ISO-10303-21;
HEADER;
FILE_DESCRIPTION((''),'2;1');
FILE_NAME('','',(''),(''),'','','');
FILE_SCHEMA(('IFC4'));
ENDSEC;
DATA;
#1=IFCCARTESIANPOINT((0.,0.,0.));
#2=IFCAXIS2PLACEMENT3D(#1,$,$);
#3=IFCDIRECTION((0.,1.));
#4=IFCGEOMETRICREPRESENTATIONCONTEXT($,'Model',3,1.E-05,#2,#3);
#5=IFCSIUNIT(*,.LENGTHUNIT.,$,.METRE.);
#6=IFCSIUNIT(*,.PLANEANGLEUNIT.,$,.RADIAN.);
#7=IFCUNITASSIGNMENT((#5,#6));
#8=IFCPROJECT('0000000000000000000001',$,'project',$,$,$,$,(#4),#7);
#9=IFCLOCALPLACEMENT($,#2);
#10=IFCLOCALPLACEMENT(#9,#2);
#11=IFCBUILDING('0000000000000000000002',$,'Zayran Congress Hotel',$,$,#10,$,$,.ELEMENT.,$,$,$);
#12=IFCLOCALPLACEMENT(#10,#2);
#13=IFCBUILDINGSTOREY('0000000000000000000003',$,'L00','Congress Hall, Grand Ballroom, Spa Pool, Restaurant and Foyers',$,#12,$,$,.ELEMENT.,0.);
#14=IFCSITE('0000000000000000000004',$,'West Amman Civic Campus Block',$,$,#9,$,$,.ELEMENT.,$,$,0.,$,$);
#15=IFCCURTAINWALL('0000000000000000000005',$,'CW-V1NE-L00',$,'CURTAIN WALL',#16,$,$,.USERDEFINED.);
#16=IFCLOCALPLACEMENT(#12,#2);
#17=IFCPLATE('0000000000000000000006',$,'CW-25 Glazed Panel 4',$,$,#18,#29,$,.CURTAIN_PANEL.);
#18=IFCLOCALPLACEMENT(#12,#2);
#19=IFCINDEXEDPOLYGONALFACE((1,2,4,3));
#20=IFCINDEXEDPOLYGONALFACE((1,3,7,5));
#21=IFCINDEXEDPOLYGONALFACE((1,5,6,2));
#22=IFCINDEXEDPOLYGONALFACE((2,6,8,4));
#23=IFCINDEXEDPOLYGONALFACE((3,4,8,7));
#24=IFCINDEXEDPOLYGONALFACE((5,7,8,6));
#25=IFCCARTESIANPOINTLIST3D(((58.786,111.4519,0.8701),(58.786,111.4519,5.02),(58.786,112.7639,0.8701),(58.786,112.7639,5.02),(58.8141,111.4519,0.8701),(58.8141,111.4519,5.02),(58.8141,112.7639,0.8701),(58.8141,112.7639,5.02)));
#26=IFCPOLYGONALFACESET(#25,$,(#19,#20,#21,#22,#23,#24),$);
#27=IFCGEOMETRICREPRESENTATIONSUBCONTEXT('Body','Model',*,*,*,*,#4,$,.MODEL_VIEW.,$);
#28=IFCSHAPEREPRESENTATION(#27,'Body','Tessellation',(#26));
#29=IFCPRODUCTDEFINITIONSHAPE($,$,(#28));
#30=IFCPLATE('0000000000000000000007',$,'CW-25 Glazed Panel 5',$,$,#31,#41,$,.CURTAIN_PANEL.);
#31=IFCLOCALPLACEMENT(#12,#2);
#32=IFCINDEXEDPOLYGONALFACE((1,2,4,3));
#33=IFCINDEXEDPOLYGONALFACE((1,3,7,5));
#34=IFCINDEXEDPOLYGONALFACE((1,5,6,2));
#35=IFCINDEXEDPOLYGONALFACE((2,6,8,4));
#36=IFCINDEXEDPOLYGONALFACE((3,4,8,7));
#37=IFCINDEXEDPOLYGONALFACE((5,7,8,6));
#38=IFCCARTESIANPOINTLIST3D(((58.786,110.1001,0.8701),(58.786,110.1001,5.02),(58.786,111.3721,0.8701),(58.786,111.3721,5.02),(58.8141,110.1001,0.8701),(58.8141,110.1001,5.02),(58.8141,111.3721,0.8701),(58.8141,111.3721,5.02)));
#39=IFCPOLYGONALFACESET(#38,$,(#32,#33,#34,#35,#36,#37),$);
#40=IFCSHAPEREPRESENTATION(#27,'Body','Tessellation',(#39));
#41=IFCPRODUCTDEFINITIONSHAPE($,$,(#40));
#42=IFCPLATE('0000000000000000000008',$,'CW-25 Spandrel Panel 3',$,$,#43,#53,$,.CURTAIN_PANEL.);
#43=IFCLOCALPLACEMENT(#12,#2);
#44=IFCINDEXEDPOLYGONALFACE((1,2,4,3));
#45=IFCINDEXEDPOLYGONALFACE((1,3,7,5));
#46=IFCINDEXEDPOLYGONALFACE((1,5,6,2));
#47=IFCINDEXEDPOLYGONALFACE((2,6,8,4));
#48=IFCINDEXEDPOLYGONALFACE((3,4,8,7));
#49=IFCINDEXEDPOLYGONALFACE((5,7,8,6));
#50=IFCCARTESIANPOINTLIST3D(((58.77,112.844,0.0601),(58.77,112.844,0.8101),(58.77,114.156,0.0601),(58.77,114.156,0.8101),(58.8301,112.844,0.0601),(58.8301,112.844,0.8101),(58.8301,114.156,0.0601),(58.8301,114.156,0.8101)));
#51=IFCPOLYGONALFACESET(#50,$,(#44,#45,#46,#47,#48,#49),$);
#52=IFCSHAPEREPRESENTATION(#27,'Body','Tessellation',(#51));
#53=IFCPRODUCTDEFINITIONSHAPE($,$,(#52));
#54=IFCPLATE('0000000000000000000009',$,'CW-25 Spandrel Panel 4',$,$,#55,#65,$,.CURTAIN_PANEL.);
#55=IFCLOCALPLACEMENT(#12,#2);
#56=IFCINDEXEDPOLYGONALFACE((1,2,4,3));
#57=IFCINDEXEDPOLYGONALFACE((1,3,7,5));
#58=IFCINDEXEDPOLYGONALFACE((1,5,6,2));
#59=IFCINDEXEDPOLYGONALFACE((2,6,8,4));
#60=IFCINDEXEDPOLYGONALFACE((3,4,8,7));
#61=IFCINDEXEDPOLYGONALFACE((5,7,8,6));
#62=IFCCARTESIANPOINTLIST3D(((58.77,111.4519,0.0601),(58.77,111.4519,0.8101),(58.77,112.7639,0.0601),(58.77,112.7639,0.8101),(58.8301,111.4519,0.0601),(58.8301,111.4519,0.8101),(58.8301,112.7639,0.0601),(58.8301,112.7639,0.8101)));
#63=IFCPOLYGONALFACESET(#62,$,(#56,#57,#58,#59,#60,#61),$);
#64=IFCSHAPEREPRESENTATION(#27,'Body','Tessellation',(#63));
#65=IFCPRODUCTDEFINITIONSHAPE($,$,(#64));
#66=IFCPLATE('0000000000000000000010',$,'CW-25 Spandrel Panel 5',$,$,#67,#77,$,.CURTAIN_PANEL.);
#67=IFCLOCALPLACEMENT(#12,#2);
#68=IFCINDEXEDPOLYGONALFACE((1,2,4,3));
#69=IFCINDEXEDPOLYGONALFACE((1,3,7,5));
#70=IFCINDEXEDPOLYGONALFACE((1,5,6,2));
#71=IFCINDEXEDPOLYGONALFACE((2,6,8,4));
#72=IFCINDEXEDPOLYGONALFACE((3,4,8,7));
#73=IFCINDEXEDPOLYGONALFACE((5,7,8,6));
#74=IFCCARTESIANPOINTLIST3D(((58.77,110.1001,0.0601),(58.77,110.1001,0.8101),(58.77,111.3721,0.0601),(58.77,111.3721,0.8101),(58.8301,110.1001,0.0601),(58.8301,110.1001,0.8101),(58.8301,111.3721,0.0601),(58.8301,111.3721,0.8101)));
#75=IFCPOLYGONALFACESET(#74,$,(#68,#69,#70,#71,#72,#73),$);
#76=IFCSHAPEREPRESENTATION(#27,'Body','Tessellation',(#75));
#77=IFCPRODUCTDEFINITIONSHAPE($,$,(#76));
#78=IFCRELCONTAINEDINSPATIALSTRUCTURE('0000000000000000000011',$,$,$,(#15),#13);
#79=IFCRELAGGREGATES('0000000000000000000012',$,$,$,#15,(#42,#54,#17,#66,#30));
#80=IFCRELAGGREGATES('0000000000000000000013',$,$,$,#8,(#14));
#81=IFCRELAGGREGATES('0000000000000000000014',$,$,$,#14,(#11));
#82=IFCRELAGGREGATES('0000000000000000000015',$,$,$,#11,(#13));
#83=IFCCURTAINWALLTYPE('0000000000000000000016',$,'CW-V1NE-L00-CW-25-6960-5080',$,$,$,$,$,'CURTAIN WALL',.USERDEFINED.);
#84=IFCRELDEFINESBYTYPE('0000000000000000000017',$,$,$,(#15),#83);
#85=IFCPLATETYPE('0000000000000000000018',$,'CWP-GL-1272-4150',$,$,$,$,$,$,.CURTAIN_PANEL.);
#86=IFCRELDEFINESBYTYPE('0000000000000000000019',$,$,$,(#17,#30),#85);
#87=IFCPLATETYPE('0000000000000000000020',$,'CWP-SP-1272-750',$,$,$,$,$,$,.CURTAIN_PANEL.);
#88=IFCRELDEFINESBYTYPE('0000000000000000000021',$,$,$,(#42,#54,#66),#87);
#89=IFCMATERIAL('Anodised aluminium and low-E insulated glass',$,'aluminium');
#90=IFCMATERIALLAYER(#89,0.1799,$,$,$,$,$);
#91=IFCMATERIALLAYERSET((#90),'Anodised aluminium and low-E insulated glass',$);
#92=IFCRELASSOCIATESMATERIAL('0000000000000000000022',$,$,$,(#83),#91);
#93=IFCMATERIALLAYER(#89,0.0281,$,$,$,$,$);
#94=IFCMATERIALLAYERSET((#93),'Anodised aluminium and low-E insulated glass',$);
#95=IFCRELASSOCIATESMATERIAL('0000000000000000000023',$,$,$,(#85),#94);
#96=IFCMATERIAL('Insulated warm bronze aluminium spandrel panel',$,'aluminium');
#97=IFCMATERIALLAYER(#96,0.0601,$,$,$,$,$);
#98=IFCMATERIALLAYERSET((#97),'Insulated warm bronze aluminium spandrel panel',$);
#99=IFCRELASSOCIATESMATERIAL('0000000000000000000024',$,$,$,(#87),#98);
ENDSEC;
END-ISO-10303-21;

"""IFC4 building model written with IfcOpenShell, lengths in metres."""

from ifc_helpers import new_model, si_unit, direction, frame, origin, origin_2d, place, context, subcontext, project, spatial, rectangle, extrude, material, layer, layer_set, type_object, element, aggregate, save


model = new_model("IFC4")

# Units and contexts
model_context = context("Model", 3, precision=1e-05, world=origin(), true_north=direction((0.0, 1.0)))
body_context = subcontext(model_context, "Body", "Model", "MODEL_VIEW")
ifc_project = project(units=[si_unit("LENGTHUNIT", "METRE"), si_unit("PLANEANGLEUNIT", "RADIAN")], contexts=[model_context])

# Site, building, storey
site_placement = place(None, origin())
site = spatial("IfcSite", under=ifc_project, at=site_placement, Name="West Amman Civic Campus Block", CompositionType="ELEMENT", RefElevation=0.0)
building_placement = place(site_placement, origin())
building = spatial("IfcBuilding", under=site, at=building_placement, Name="Zayran Congress Hotel", CompositionType="ELEMENT")
storey_placement = place(building_placement, origin())
storey = spatial("IfcBuildingStorey", under=building, at=storey_placement, Name="L00", Description="Congress Hall, Grand Ballroom, Spa Pool, Restaurant and Foyers", CompositionType="ELEMENT", Elevation=0.0)

# Curtain wall, plates
ifc_material_1 = material(Name="Anodised aluminium and low-E insulated glass", Category="aluminium")
ifc_layer_1 = layer(ifc_material_1, 0.1799)
ifc_layer_set_1 = layer_set([ifc_layer_1], Name="Anodised aluminium and low-E insulated glass")
curtain_wall_type = type_object("IfcCurtainWallType", Name="CW-V1NE-L00-CW-25-6960-5080", ElementType="CURTAIN WALL", PredefinedType="USERDEFINED", material=ifc_layer_set_1)
curtain_wall_placement = place(storey_placement, origin())
curtain_wall = element("IfcCurtainWall", 1, at=curtain_wall_placement, inside=storey, type_object=curtain_wall_type, Name="CW-V1NE-L00", ObjectType="CURTAIN WALL", PredefinedType="USERDEFINED")
ifc_layer_2 = layer(ifc_material_1, 0.0281)
ifc_layer_set_2 = layer_set([ifc_layer_2], Name="Anodised aluminium and low-E insulated glass")
plate_type_1 = type_object("IfcPlateType", Name="CWP-GL-1272-4150", PredefinedType="CURTAIN_PANEL", material=ifc_layer_set_2)
plate_1_placement = place(storey_placement, frame((58.8, 112.1079, 0.8701), z_axis=(0.0, 0.0, 1.0), x_axis=(0.0, 1.0, 0.0)))
plate_1 = element("IfcPlate", 2, at=plate_1_placement, type_object=plate_type_1, Name="CW-25 Glazed Panel 4", PredefinedType="CURTAIN_PANEL", context=body_context, shape_type="SweptSolid", body=[
    extrude(rectangle(XDim=1.312, YDim=0.0281, at=origin_2d()), origin(), (0.0, 0.0, 1.0), 4.1499),
])
plate_2_placement = place(storey_placement, frame((58.8, 110.7361, 0.8701), z_axis=(0.0, 0.0, 1.0), x_axis=(0.0, 1.0, 0.0)))
plate_2 = element("IfcPlate", 3, at=plate_2_placement, type_object=plate_type_1, Name="CW-25 Glazed Panel 5", PredefinedType="CURTAIN_PANEL", context=body_context, shape_type="SweptSolid", body=[
    extrude(rectangle(XDim=1.272, YDim=0.0281, at=origin_2d()), origin(), (0.0, 0.0, 1.0), 4.1499),
])
ifc_material_2 = material(Name="Insulated warm bronze aluminium spandrel panel", Category="aluminium")
ifc_layer_3 = layer(ifc_material_2, 0.0601)
ifc_layer_set_3 = layer_set([ifc_layer_3], Name="Insulated warm bronze aluminium spandrel panel")
plate_type_2 = type_object("IfcPlateType", Name="CWP-SP-1272-750", PredefinedType="CURTAIN_PANEL", material=ifc_layer_set_3)
plate_3_placement = place(storey_placement, frame((58.8, 113.5, 0.0601), z_axis=(0.0, 0.0, 1.0), x_axis=(0.0, 1.0, 0.0)))
plate_3 = element("IfcPlate", 4, at=plate_3_placement, type_object=plate_type_2, Name="CW-25 Spandrel Panel 3", PredefinedType="CURTAIN_PANEL", context=body_context, shape_type="SweptSolid", body=[
    extrude(rectangle(XDim=1.312, YDim=0.0601, at=origin_2d()), origin(), (0.0, 0.0, 1.0), 0.75),
])
plate_4_placement = place(storey_placement, frame((58.8, 112.1079, 0.0601), z_axis=(0.0, 0.0, 1.0), x_axis=(0.0, 1.0, 0.0)))
plate_4 = element("IfcPlate", 5, at=plate_4_placement, type_object=plate_type_2, Name="CW-25 Spandrel Panel 4", PredefinedType="CURTAIN_PANEL", context=body_context, shape_type="SweptSolid", body=[
    extrude(rectangle(XDim=1.312, YDim=0.0601, at=origin_2d()), origin(), (0.0, 0.0, 1.0), 0.75),
])
plate_5_placement = place(storey_placement, frame((58.8, 110.7361, 0.0601), z_axis=(0.0, 0.0, 1.0), x_axis=(0.0, 1.0, 0.0)))
plate_5 = element("IfcPlate", 6, at=plate_5_placement, type_object=plate_type_2, Name="CW-25 Spandrel Panel 5", PredefinedType="CURTAIN_PANEL", context=body_context, shape_type="SweptSolid", body=[
    extrude(rectangle(XDim=1.272, YDim=0.0601, at=origin_2d()), origin(), (0.0, 0.0, 1.0), 0.75),
])
aggregate(curtain_wall, [plate_3, plate_4, plate_1, plate_5, plate_2])

save(model, "model.ifc")
